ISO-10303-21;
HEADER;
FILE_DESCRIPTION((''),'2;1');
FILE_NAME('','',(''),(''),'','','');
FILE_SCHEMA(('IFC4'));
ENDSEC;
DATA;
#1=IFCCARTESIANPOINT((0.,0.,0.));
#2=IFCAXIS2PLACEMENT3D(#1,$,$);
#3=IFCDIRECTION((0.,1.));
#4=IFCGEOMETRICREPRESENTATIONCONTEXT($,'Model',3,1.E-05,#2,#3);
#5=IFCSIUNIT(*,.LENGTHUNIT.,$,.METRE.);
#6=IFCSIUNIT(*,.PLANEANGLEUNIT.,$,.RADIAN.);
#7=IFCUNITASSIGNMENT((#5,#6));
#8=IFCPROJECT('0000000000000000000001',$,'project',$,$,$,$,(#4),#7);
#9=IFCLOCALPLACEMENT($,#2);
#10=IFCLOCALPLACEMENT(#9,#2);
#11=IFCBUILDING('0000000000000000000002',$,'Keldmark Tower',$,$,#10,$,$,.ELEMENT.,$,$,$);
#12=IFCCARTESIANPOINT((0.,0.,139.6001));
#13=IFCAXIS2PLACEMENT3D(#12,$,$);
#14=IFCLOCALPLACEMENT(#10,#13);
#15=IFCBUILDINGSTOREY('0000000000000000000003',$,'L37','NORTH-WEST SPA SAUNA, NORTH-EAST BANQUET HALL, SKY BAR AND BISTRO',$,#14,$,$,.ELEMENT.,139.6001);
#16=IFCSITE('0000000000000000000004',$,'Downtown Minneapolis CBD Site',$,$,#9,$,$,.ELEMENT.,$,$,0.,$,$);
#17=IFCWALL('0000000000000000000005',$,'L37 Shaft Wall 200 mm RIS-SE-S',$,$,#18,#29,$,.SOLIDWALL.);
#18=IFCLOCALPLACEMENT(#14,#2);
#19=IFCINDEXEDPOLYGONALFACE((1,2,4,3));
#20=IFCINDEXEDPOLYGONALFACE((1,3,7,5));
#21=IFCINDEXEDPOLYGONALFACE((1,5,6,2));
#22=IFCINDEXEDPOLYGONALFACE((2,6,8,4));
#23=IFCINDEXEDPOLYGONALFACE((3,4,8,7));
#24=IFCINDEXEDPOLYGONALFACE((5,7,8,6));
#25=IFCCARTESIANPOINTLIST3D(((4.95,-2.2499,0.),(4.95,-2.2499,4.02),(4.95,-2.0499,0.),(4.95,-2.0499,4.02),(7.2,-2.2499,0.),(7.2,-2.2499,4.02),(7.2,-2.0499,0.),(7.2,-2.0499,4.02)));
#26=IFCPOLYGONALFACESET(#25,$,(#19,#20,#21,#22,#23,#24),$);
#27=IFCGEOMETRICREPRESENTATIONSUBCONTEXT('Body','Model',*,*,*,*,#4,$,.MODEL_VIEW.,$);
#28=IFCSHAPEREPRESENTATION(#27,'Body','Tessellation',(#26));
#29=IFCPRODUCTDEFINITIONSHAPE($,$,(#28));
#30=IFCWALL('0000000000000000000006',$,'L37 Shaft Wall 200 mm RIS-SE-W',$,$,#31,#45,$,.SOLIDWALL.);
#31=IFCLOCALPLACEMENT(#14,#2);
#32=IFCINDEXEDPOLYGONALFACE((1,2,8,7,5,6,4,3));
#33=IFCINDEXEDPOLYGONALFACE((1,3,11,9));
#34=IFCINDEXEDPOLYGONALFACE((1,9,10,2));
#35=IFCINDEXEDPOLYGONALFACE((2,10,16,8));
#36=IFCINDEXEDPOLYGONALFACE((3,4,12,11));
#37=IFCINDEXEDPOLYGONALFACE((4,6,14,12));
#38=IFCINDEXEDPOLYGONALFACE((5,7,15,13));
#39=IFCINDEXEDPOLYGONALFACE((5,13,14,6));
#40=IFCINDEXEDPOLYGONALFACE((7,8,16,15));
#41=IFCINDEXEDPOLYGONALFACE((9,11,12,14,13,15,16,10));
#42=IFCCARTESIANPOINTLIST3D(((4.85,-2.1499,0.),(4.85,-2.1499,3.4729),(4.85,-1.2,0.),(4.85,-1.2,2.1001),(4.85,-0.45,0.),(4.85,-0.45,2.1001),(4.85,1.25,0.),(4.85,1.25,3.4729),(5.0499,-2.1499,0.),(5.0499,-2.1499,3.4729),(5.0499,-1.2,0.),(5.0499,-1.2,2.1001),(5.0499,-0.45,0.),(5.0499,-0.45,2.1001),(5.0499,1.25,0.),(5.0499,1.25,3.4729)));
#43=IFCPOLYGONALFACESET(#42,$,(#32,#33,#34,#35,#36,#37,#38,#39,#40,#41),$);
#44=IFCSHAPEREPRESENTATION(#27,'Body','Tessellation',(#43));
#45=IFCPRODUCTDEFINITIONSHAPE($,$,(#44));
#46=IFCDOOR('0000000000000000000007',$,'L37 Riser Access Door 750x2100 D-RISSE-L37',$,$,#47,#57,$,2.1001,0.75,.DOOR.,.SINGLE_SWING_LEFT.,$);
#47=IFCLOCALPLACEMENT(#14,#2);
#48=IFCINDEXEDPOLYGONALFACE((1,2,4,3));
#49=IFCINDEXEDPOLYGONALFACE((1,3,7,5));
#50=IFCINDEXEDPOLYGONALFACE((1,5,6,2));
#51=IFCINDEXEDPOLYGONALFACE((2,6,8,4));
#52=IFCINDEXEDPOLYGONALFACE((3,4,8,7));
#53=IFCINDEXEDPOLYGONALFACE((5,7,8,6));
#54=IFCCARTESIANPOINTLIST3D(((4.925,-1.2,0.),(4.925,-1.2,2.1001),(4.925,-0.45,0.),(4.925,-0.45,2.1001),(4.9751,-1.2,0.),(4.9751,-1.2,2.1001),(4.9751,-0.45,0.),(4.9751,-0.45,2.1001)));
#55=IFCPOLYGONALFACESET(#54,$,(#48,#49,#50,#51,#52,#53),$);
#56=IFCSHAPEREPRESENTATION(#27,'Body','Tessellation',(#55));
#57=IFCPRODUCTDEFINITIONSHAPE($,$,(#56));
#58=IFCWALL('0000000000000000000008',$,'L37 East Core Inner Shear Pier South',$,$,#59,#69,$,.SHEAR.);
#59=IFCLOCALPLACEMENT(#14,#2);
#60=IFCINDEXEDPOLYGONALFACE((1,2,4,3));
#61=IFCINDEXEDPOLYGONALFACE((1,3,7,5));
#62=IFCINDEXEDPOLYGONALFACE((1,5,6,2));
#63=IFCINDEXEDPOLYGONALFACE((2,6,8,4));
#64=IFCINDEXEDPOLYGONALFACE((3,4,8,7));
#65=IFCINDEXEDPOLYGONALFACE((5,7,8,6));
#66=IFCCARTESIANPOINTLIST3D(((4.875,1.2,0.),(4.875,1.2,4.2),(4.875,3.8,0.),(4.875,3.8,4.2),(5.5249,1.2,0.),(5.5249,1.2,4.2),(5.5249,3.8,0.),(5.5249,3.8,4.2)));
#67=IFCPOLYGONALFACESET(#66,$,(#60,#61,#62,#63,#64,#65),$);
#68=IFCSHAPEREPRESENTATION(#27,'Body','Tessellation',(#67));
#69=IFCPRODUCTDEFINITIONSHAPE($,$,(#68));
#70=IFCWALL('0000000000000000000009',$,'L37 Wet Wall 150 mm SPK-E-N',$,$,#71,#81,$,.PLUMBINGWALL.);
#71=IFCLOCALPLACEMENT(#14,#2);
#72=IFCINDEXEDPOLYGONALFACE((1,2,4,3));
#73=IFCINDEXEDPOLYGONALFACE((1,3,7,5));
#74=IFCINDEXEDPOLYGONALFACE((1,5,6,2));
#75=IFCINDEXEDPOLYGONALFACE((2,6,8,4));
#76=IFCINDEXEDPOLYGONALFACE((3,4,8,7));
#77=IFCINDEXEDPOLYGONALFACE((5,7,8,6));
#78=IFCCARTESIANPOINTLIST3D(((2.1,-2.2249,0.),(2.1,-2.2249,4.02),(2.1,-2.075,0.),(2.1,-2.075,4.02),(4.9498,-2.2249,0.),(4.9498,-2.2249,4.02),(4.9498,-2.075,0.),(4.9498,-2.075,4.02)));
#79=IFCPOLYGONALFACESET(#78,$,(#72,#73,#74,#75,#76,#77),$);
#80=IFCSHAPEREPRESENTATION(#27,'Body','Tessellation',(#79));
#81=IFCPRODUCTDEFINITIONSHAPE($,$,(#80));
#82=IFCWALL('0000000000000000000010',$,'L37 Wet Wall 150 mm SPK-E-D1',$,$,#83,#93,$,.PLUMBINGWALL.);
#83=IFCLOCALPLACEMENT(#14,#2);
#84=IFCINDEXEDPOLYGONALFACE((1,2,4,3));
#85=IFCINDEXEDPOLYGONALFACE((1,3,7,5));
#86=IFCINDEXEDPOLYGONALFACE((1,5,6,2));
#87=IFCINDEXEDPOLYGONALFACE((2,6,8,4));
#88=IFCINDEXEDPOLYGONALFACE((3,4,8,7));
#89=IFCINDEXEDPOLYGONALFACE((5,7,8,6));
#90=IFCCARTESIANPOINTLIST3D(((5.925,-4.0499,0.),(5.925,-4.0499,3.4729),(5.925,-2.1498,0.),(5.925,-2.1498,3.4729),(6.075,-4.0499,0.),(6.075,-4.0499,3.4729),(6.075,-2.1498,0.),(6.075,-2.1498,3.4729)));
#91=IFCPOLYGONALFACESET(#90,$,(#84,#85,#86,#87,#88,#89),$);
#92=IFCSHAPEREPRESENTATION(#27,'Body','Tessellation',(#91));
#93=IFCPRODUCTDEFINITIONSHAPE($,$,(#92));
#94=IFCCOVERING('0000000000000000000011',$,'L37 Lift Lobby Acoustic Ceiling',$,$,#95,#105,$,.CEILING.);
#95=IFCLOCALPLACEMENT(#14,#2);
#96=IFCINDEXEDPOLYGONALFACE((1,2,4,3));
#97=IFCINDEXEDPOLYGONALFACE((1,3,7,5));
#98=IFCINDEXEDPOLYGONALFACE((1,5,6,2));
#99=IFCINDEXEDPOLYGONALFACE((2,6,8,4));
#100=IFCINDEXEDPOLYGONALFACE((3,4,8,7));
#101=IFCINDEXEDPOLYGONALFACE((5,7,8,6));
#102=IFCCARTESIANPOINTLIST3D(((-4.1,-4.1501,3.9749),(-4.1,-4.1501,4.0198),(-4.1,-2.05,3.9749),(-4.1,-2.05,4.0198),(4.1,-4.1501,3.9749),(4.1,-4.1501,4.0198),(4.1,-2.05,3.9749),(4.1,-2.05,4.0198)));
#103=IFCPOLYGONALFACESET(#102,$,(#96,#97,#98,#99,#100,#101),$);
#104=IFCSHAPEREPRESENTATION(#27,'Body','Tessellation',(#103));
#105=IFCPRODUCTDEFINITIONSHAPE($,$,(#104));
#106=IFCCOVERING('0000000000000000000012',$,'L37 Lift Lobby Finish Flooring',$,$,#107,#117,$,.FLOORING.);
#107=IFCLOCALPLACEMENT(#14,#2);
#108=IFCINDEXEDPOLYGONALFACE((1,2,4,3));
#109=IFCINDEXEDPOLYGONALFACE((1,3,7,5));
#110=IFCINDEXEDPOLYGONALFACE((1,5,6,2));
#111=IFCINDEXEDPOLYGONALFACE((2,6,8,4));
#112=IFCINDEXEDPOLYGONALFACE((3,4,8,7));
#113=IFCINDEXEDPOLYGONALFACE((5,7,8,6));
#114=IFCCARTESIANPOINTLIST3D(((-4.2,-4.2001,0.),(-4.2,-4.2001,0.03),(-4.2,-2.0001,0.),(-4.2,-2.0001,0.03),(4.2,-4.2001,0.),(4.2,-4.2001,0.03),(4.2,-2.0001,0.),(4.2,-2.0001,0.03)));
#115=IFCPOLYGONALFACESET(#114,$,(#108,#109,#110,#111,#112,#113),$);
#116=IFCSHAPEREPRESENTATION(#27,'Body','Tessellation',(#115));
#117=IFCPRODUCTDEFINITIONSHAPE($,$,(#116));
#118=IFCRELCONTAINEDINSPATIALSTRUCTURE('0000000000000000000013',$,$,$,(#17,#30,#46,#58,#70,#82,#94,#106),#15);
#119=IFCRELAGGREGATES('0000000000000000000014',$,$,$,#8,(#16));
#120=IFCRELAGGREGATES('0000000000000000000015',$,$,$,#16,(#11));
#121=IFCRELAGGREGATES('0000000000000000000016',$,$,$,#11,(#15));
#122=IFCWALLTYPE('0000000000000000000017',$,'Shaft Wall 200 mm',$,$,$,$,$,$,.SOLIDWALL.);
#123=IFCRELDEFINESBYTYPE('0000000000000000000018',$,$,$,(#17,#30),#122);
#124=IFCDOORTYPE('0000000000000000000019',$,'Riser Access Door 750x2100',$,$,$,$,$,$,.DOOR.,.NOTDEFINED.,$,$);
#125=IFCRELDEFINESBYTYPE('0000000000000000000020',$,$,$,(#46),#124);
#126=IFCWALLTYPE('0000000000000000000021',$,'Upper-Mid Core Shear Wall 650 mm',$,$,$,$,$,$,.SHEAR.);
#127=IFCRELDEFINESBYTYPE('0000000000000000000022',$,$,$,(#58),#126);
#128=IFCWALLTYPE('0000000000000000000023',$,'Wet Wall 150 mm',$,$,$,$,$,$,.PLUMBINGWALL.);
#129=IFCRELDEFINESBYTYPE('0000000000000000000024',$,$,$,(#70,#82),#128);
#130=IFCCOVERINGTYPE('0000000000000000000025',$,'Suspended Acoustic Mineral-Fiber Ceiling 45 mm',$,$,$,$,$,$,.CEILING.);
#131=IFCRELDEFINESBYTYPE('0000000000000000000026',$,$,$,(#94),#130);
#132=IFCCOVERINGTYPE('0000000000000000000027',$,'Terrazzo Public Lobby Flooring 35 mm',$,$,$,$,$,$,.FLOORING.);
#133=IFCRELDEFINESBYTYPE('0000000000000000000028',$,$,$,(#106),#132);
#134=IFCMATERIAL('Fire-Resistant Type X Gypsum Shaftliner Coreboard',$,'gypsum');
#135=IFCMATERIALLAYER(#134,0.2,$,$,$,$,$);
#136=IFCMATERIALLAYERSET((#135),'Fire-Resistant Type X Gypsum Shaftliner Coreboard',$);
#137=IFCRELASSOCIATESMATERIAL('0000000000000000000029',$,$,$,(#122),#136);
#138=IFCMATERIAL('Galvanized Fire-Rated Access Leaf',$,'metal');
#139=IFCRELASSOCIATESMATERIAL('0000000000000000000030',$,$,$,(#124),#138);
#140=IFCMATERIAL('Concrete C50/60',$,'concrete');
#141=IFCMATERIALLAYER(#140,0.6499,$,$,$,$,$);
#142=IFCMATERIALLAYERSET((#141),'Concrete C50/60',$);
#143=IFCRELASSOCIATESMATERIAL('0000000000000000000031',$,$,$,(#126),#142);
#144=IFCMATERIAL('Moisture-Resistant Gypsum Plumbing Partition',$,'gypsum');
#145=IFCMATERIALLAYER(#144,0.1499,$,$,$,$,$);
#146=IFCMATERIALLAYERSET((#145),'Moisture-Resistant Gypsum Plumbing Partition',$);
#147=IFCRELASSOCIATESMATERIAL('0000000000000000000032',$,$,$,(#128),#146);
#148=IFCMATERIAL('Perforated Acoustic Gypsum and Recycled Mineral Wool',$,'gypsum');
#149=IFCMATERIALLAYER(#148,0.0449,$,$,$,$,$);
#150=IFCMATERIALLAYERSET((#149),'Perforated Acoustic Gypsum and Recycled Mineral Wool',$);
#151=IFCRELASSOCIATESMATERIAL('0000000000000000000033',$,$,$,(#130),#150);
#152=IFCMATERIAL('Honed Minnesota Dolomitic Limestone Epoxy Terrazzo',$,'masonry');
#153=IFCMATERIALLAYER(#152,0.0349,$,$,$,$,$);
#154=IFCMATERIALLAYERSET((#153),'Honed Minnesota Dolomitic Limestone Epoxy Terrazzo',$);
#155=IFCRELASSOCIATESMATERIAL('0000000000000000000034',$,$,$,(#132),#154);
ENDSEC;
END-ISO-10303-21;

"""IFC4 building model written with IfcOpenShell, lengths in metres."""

from ifc_helpers import new_model, si_unit, direction, frame, frame_2d, origin, origin_2d, place, context, subcontext, project, spatial, rectangle, extrude, material, layer, layer_set, type_object, element, fill, save


model = new_model("IFC4")

# Units and contexts
model_context = context("Model", 3, precision=1e-05, world=origin(), true_north=direction((0.0, 1.0)))
body_context = subcontext(model_context, "Body", "Model", "MODEL_VIEW")
ifc_project = project(units=[si_unit("LENGTHUNIT", "METRE"), si_unit("PLANEANGLEUNIT", "RADIAN")], contexts=[model_context])

# Site, building, storey
site_placement = place(None, origin())
site = spatial("IfcSite", under=ifc_project, at=site_placement, Name="Downtown Minneapolis CBD Site", CompositionType="ELEMENT", RefElevation=0.0)
building_placement = place(site_placement, origin())
building = spatial("IfcBuilding", under=site, at=building_placement, Name="Keldmark Tower", CompositionType="ELEMENT")
storey_placement = place(building_placement, frame((0.0, 0.0, 139.6001)))
storey = spatial("IfcBuildingStorey", under=building, at=storey_placement, Name="L37", Description="NORTH-WEST SPA SAUNA, NORTH-EAST BANQUET HALL, SKY BAR AND BISTRO", CompositionType="ELEMENT", Elevation=139.6001)

# Wall
ifc_material_1 = material(Name="Fire-Resistant Type X Gypsum Shaftliner Coreboard", Category="gypsum")
ifc_layer_1 = layer(ifc_material_1, 0.2)
ifc_layer_set_1 = layer_set([ifc_layer_1], Name="Fire-Resistant Type X Gypsum Shaftliner Coreboard")
wall_type_1 = type_object("IfcWallType", Name="Shaft Wall 200 mm", PredefinedType="SOLIDWALL", material=ifc_layer_set_1)
wall_1_placement = place(storey_placement, frame((4.95, -2.1499, 0.0), z_axis=(0.0, 0.0, 1.0), x_axis=(1.0, 0.0, 0.0)))
element("IfcWall", 1, at=wall_1_placement, inside=storey, type_object=wall_type_1, Name="L37 Shaft Wall 200 mm RIS-SE-S", PredefinedType="SOLIDWALL", context=body_context, shape_type="SweptSolid", body=[
    extrude(rectangle(XDim=2.25, YDim=0.2, at=frame_2d((1.125, 0.0))), origin(), (0.0, 0.0, 1.0), 4.02),
])

# Wall, opening, door
wall_2_placement = place(storey_placement, frame((4.95, -2.1499, 0.0), z_axis=(0.0, 0.0, 1.0), x_axis=(0.0, 1.0, 0.0)))
wall_2 = element("IfcWall", 2, at=wall_2_placement, inside=storey, type_object=wall_type_1, Name="L37 Shaft Wall 200 mm RIS-SE-W", PredefinedType="SOLIDWALL", context=body_context, shape_type="SweptSolid", body=[
    extrude(rectangle(XDim=3.3999, YDim=0.2, at=frame_2d((1.7, 0.0))), origin(), (0.0, 0.0, 1.0), 3.4729),
])
opening_1_placement = place(wall_2_placement, frame((0.95, 0.0, 0.0)))
opening_1 = element("IfcOpeningElement", 3, at=opening_1_placement, cuts=wall_2, PredefinedType="OPENING", context=body_context, shape_type="SweptSolid", body=[
    extrude(rectangle(XDim=0.75, YDim=2.1001, at=frame_2d((0.375, 1.05))), frame((0.0, 0.1099, 0.0), z_axis=(0.0, -1.0, 0.0), x_axis=(1.0, 0.0, 0.0)), (0.0, 0.0, 1.0), 0.22),
])
ifc_material_2 = material(Name="Galvanized Fire-Rated Access Leaf", Category="metal")
door_type_1 = type_object("IfcDoorType", Name="Riser Access Door 750x2100", OperationType="NOTDEFINED", PredefinedType="DOOR", material=ifc_material_2)
door_1_placement = place(opening_1_placement, origin())
door_1 = element("IfcDoor", 4, at=door_1_placement, inside=storey, type_object=door_type_1, Name="L37 Riser Access Door 750x2100 D-RISSE-L37", OperationType="SINGLE_SWING_LEFT", OverallHeight=2.1001, OverallWidth=0.75, PredefinedType="DOOR", context=body_context, shape_type="SweptSolid", body=[
    extrude(rectangle(XDim=0.75, YDim=2.1001, at=frame_2d((0.375, 1.05))), frame((0.0, 0.0249, 0.0), z_axis=(0.0, -1.0, 0.0), x_axis=(1.0, 0.0, 0.0)), (0.0, 0.0, 1.0), 0.05),
])
fill(opening_1, door_1)

# Walls
ifc_material_3 = material(Name="Concrete C50/60", Category="concrete")
ifc_layer_2 = layer(ifc_material_3, 0.6499)
ifc_layer_set_2 = layer_set([ifc_layer_2], Name="Concrete C50/60")
wall_type_2 = type_object("IfcWallType", Name="Upper-Mid Core Shear Wall 650 mm", PredefinedType="SHEAR", material=ifc_layer_set_2)
wall_3_placement = place(storey_placement, frame((5.2, 1.2, 0.0), z_axis=(0.0, 0.0, 1.0), x_axis=(0.0, 1.0, 0.0)))
element("IfcWall", 5, at=wall_3_placement, inside=storey, type_object=wall_type_2, Name="L37 East Core Inner Shear Pier South", PredefinedType="SHEAR", context=body_context, shape_type="SweptSolid", body=[
    extrude(rectangle(XDim=2.6001, YDim=0.6499, at=frame_2d((1.3, 0.0))), origin(), (0.0, 0.0, 1.0), 4.2),
])
ifc_material_4 = material(Name="Moisture-Resistant Gypsum Plumbing Partition", Category="gypsum")
ifc_layer_3 = layer(ifc_material_4, 0.1499)
ifc_layer_set_3 = layer_set([ifc_layer_3], Name="Moisture-Resistant Gypsum Plumbing Partition")
wall_type_3 = type_object("IfcWallType", Name="Wet Wall 150 mm", PredefinedType="PLUMBINGWALL", material=ifc_layer_set_3)
wall_4_placement = place(storey_placement, frame((2.1001, -2.1499, 0.0), z_axis=(0.0, 0.0, 1.0), x_axis=(1.0, 0.0, 0.0)))
element("IfcWall", 6, at=wall_4_placement, inside=storey, type_object=wall_type_3, Name="L37 Wet Wall 150 mm SPK-E-N", PredefinedType="PLUMBINGWALL", context=body_context, shape_type="SweptSolid", body=[
    extrude(rectangle(XDim=2.8499, YDim=0.1499, at=frame_2d((1.4248, 0.0))), origin(), (0.0, 0.0, 1.0), 4.02),
])
wall_5_placement = place(storey_placement, frame((6.0, -4.05, 0.0), z_axis=(0.0, 0.0, 1.0), x_axis=(0.0, 1.0, 0.0)))
element("IfcWall", 7, at=wall_5_placement, inside=storey, type_object=wall_type_3, Name="L37 Wet Wall 150 mm SPK-E-D1", PredefinedType="PLUMBINGWALL", context=body_context, shape_type="SweptSolid", body=[
    extrude(rectangle(XDim=1.9001, YDim=0.1499, at=frame_2d((0.9502, 0.0))), origin(), (0.0, 0.0, 1.0), 3.4729),
])

# Coverings
ifc_material_5 = material(Name="Perforated Acoustic Gypsum and Recycled Mineral Wool", Category="gypsum")
ifc_layer_4 = layer(ifc_material_5, 0.0449)
ifc_layer_set_4 = layer_set([ifc_layer_4], Name="Perforated Acoustic Gypsum and Recycled Mineral Wool")
covering_type_1 = type_object("IfcCoveringType", Name="Suspended Acoustic Mineral-Fiber Ceiling 45 mm", PredefinedType="CEILING", material=ifc_layer_set_4)
covering_1_placement = place(storey_placement, frame((0.0, -3.1001, 3.9749), z_axis=(0.0, 0.0, 1.0), x_axis=(1.0, 0.0, 0.0)))
element("IfcCovering", 8, at=covering_1_placement, inside=storey, type_object=covering_type_1, Name="L37 Lift Lobby Acoustic Ceiling", PredefinedType="CEILING", context=body_context, shape_type="SweptSolid", body=[
    extrude(rectangle(XDim=8.2, YDim=2.1001, at=origin_2d()), origin(), (0.0, 0.0, 1.0), 0.0449),
])
ifc_material_6 = material(Name="Honed Minnesota Dolomitic Limestone Epoxy Terrazzo", Category="masonry")
ifc_layer_5 = layer(ifc_material_6, 0.0349)
ifc_layer_set_5 = layer_set([ifc_layer_5], Name="Honed Minnesota Dolomitic Limestone Epoxy Terrazzo")
covering_type_2 = type_object("IfcCoveringType", Name="Terrazzo Public Lobby Flooring 35 mm", PredefinedType="FLOORING", material=ifc_layer_set_5)
covering_2_placement = place(storey_placement, frame((0.0, -3.1001, 0.0), z_axis=(0.0, 0.0, 1.0), x_axis=(1.0, 0.0, 0.0)))
element("IfcCovering", 9, at=covering_2_placement, inside=storey, type_object=covering_type_2, Name="L37 Lift Lobby Finish Flooring", PredefinedType="FLOORING", context=body_context, shape_type="SweptSolid", body=[
    extrude(rectangle(XDim=8.3999, YDim=2.2, at=origin_2d()), origin(), (0.0, 0.0, 1.0), 0.03),
])

save(model, "model.ifc")
